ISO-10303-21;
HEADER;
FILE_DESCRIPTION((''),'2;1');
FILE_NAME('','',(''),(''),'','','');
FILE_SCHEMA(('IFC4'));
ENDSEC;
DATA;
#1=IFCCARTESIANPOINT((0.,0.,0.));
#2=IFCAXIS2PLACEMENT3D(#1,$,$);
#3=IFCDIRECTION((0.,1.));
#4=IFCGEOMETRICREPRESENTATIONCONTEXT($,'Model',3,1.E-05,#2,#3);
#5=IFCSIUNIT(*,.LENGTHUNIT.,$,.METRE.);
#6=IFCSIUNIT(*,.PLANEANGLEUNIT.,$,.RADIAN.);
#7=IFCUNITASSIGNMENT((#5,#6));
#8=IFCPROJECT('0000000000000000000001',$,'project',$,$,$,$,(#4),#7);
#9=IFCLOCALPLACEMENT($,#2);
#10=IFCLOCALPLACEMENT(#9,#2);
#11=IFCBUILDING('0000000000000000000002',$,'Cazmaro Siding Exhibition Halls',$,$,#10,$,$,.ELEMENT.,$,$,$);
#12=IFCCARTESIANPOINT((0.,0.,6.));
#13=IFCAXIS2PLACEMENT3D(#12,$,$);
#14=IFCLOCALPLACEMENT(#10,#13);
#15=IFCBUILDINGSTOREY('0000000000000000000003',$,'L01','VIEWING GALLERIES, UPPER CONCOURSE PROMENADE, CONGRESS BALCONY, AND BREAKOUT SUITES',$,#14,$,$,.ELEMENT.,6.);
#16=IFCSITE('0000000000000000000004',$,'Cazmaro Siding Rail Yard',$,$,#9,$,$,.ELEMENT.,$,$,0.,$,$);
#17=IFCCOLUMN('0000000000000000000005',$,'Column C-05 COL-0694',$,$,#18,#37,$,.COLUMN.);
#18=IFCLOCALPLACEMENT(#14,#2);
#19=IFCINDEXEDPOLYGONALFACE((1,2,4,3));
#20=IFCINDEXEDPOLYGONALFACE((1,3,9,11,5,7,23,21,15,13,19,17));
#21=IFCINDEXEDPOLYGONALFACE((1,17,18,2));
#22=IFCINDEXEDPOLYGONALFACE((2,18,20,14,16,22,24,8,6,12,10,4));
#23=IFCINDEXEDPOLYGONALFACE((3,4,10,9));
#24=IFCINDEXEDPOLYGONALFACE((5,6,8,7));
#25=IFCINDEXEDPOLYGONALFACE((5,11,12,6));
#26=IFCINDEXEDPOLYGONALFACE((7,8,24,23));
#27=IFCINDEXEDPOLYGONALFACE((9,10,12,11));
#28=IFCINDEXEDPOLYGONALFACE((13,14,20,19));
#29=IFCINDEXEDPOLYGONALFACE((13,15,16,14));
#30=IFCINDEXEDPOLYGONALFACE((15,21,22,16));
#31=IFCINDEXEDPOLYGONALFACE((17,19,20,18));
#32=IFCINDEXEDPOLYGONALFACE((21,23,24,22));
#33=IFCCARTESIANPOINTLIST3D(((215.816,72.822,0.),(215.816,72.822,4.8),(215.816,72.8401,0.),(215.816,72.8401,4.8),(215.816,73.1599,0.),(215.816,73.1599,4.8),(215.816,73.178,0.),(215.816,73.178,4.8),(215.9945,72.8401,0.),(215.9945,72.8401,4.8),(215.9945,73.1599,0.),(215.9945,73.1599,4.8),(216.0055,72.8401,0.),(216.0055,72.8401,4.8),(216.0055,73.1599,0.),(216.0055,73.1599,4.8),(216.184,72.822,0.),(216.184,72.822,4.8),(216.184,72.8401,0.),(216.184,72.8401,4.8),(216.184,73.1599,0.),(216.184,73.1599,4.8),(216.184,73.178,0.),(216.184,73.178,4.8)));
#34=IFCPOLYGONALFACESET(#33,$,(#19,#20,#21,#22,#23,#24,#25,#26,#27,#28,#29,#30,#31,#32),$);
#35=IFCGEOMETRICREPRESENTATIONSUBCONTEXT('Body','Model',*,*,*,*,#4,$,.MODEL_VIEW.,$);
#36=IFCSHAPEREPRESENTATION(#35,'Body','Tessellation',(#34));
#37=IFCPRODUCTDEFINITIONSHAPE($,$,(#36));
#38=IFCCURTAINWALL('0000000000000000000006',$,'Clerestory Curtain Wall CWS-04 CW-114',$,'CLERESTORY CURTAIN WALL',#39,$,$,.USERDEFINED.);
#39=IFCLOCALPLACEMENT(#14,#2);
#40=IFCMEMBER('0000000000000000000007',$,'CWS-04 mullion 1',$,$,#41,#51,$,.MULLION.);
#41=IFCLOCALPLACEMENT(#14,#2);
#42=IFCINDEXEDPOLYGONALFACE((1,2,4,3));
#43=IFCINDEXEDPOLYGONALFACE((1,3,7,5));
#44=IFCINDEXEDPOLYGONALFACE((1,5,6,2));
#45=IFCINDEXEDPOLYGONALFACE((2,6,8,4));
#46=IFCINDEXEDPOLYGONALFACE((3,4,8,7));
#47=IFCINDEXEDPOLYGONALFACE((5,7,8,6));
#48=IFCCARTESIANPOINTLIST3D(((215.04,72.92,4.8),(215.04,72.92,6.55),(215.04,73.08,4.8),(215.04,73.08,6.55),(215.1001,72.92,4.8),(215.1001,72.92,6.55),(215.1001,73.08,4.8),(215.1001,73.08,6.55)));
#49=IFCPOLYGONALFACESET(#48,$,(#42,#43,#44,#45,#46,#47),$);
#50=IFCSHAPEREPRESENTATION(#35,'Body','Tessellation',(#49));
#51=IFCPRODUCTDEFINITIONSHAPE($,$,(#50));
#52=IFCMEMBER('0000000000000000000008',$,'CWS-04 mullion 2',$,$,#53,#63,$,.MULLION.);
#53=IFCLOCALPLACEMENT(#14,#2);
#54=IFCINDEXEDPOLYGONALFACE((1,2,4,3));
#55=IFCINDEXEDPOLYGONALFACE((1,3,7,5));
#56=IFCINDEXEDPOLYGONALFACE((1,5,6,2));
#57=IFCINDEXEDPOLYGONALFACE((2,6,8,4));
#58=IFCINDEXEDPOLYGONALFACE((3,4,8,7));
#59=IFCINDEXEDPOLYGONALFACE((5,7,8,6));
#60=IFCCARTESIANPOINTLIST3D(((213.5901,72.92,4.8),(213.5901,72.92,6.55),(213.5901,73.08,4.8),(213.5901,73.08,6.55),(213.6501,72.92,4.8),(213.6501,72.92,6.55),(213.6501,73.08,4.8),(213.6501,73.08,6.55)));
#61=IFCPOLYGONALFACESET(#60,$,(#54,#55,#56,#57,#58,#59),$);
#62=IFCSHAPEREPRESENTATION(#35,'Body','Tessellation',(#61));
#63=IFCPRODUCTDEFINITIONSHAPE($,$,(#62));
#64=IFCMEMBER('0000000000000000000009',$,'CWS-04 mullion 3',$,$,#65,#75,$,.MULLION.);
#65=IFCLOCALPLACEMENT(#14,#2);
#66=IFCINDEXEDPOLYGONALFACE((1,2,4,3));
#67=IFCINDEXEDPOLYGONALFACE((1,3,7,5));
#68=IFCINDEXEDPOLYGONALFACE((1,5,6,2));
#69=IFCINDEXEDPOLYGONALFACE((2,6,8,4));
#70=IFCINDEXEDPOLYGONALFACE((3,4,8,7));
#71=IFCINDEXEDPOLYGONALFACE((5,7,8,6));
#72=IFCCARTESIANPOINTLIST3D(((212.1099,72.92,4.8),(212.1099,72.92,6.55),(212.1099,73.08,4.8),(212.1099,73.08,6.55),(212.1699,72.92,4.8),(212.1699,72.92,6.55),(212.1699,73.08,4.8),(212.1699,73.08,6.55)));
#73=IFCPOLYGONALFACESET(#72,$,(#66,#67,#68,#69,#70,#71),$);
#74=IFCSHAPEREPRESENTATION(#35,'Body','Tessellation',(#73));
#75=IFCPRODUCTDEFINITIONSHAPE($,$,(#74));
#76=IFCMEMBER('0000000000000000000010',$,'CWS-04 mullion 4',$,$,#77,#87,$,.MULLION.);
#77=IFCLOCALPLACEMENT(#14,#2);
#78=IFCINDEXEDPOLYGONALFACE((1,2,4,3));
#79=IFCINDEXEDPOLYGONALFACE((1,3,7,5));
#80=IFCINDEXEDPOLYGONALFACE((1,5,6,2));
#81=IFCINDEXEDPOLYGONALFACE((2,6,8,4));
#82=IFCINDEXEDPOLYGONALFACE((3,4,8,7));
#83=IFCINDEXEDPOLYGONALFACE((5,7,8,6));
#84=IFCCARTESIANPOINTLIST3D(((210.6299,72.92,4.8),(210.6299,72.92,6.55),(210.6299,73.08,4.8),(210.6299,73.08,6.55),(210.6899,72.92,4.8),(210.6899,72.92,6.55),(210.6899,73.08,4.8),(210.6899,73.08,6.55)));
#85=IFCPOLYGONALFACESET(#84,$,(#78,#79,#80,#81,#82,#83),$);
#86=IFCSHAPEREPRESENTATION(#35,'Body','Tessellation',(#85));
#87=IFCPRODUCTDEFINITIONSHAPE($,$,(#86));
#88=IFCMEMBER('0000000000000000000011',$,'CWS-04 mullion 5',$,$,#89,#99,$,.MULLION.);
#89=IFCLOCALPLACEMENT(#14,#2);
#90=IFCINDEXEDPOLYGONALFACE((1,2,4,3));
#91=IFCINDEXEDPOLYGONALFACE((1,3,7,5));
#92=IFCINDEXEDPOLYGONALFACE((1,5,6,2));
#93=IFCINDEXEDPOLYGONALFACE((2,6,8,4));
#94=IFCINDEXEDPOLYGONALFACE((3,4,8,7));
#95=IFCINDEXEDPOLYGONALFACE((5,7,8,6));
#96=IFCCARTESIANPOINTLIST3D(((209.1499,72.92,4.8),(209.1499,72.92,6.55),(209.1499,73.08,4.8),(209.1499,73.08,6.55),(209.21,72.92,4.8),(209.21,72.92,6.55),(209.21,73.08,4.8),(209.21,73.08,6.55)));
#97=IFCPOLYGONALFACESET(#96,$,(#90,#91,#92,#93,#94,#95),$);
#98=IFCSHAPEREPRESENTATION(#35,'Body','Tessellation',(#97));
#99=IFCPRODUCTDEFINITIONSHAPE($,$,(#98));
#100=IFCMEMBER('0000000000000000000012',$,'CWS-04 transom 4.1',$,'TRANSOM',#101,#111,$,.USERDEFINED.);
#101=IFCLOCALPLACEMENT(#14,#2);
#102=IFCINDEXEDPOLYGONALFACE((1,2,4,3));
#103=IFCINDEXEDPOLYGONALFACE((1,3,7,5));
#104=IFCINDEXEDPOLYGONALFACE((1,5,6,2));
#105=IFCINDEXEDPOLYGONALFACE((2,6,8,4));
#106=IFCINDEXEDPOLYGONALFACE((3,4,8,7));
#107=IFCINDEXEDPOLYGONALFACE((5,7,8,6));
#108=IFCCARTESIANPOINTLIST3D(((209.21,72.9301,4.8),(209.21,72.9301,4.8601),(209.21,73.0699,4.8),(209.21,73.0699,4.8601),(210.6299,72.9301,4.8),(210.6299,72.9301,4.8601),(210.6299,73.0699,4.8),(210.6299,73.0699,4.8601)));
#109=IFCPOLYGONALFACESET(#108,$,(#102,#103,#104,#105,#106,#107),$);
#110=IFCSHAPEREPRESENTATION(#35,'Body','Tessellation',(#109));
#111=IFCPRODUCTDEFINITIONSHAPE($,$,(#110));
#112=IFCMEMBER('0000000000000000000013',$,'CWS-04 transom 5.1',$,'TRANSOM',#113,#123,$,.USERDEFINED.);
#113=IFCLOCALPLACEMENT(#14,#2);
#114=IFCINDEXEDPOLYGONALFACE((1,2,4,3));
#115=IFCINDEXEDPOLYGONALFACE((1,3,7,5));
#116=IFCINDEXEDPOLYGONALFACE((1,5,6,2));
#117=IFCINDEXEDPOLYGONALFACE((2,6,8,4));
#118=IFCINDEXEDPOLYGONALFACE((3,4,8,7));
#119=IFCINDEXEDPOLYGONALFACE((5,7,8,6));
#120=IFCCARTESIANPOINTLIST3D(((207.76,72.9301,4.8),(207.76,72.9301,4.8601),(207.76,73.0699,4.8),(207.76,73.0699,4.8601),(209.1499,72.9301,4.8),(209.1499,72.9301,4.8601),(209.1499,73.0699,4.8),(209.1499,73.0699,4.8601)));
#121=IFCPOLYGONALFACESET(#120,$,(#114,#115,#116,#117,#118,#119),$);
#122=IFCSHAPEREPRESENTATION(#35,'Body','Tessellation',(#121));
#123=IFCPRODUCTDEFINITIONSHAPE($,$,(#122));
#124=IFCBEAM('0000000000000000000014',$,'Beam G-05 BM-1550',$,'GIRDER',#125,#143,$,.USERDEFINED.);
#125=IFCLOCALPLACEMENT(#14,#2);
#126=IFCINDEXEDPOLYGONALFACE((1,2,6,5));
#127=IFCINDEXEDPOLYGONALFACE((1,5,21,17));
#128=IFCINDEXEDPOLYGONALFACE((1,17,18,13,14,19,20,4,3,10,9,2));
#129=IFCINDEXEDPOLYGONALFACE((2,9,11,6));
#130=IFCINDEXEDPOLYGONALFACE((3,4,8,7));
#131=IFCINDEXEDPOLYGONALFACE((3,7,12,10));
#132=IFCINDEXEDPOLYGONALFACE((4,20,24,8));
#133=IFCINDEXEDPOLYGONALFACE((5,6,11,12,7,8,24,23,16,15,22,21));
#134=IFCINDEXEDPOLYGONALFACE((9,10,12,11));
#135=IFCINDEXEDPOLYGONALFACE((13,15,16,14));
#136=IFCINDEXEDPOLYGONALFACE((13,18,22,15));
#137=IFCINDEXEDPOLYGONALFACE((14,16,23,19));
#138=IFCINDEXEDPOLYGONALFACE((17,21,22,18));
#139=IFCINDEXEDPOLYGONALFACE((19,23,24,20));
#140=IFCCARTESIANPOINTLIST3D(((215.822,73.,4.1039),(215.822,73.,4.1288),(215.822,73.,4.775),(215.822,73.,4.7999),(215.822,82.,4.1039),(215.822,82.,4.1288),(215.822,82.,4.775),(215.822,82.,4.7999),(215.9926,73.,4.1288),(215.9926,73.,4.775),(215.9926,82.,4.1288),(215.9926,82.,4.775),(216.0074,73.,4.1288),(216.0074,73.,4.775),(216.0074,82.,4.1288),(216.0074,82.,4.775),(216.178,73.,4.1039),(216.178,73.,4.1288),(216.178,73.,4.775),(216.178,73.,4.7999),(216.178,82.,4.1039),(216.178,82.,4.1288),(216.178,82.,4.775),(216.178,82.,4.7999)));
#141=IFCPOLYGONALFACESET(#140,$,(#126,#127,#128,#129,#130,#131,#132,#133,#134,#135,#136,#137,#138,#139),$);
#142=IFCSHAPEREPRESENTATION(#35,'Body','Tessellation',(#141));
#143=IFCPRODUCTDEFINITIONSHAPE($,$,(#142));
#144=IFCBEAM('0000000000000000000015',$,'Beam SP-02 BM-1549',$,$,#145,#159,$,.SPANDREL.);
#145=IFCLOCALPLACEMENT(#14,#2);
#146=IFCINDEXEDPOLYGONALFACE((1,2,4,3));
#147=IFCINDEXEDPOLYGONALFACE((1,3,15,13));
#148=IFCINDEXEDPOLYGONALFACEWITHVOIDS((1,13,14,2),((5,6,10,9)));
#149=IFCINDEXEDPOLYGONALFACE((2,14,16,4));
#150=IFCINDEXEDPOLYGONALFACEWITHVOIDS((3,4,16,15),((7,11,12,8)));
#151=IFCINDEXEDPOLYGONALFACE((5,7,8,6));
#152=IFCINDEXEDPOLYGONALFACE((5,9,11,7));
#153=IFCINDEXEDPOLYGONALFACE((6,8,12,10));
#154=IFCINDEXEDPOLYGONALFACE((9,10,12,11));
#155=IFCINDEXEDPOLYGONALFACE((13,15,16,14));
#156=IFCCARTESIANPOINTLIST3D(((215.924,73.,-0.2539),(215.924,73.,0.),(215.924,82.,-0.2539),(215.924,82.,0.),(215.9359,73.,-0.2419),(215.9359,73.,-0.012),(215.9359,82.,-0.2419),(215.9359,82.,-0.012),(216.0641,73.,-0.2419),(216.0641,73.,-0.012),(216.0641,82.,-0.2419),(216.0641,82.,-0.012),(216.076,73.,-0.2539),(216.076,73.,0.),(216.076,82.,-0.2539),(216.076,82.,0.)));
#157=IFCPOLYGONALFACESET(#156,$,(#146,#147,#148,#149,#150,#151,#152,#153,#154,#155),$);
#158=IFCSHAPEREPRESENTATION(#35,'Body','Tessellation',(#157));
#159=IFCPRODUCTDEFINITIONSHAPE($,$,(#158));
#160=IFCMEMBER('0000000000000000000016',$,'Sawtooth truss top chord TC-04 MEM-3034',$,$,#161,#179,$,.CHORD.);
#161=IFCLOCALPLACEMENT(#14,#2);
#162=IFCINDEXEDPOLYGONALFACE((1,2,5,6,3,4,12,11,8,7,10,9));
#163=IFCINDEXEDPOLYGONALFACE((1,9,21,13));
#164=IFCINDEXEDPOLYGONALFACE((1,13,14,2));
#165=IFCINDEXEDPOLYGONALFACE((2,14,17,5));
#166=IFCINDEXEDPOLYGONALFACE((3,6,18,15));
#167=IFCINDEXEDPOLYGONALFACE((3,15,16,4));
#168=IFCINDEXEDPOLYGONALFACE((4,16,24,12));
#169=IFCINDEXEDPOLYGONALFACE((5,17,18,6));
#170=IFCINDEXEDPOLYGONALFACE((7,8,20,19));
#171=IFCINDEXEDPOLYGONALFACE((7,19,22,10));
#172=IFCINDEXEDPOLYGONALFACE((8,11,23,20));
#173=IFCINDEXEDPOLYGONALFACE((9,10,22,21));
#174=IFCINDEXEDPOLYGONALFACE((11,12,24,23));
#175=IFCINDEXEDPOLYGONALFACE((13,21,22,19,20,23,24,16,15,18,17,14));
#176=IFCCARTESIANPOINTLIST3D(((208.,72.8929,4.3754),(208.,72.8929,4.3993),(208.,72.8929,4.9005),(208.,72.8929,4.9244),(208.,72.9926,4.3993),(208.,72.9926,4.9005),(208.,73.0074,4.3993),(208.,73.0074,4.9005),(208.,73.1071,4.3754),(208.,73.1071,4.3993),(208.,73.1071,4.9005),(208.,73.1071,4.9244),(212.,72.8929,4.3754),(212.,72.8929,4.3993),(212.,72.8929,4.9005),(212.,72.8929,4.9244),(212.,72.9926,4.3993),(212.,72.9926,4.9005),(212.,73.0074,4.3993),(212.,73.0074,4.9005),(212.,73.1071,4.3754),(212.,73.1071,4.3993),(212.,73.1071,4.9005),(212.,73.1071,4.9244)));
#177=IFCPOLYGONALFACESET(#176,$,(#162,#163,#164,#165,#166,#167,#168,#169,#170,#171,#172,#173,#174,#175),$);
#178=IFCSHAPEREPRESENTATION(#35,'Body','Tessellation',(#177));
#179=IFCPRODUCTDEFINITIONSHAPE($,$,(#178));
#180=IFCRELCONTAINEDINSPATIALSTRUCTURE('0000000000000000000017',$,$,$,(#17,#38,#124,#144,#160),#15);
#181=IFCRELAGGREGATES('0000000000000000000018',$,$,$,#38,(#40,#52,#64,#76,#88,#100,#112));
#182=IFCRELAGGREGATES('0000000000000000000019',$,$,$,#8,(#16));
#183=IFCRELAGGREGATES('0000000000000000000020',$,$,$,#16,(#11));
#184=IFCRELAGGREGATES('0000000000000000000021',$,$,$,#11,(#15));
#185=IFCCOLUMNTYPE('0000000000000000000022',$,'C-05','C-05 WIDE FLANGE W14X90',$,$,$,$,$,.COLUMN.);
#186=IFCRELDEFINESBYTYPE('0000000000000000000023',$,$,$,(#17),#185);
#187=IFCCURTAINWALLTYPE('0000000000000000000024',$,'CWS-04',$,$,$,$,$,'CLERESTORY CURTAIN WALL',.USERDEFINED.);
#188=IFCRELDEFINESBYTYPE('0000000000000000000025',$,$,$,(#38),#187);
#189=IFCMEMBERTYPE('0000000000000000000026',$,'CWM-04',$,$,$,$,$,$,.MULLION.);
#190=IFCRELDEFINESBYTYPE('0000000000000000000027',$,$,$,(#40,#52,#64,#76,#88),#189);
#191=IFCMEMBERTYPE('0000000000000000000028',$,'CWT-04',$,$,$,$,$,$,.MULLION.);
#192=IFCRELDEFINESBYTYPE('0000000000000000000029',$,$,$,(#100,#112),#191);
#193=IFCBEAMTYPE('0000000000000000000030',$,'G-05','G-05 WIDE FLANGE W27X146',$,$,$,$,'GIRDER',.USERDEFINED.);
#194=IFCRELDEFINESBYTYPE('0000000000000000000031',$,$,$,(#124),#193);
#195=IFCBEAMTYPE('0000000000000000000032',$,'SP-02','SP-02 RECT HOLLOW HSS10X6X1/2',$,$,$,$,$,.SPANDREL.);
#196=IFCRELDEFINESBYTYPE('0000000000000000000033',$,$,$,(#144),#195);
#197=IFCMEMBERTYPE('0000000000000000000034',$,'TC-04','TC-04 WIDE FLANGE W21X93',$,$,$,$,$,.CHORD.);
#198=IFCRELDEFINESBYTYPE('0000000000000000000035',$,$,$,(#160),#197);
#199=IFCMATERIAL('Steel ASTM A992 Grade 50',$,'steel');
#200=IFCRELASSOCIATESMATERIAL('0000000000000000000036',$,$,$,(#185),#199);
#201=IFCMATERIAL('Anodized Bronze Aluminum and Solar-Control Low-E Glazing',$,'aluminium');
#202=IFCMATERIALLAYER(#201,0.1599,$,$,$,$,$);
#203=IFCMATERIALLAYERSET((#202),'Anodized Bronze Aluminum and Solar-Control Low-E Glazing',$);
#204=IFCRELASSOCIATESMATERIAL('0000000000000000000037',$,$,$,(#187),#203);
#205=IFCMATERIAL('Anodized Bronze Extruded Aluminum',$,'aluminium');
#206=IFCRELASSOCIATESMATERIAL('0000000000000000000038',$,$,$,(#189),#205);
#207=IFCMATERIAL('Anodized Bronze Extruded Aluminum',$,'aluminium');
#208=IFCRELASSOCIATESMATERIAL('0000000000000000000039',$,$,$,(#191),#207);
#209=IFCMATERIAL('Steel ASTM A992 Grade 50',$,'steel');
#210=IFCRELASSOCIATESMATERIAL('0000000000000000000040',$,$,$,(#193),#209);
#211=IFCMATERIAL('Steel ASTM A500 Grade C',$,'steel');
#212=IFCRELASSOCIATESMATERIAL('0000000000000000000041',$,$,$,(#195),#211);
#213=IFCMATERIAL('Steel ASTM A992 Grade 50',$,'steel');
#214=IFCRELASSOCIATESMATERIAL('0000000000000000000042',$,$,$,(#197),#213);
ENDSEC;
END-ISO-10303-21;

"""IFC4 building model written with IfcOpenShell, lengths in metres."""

from ifc_helpers import new_model, si_unit, direction, frame, origin, origin_2d, place, context, subcontext, project, spatial, rectangle, hollow_rectangle, i_section, extrude, material, layer, layer_set, material_profile, profile_set, type_object, element, aggregate, save


model = new_model("IFC4")

# Units and contexts
model_context = context("Model", 3, precision=1e-05, world=origin(), true_north=direction((0.0, 1.0)))
body_context = subcontext(model_context, "Body", "Model", "MODEL_VIEW")
ifc_project = project(units=[si_unit("LENGTHUNIT", "METRE"), si_unit("PLANEANGLEUNIT", "RADIAN")], contexts=[model_context])

# Site, building, storey
site_placement = place(None, origin())
site = spatial("IfcSite", under=ifc_project, at=site_placement, Name="Cazmaro Siding Rail Yard", CompositionType="ELEMENT", RefElevation=0.0)
building_placement = place(site_placement, origin())
building = spatial("IfcBuilding", under=site, at=building_placement, Name="Cazmaro Siding Exhibition Halls", CompositionType="ELEMENT")
storey_placement = place(building_placement, frame((0.0, 0.0, 6.0)))
storey = spatial("IfcBuildingStorey", under=building, at=storey_placement, Name="L01", Description="VIEWING GALLERIES, UPPER CONCOURSE PROMENADE, CONGRESS BALCONY, AND BREAKOUT SUITES", CompositionType="ELEMENT", Elevation=6.0)

# Column
ifc_material_1 = material(Name="Steel ASTM A992 Grade 50", Category="steel")
ifc_material_profile_1 = material_profile(ifc_material_1, i_section(OverallWidth=0.3679, OverallDepth=0.356, WebThickness=0.011, FlangeThickness=0.0181, at=origin_2d()), Name="W14X90")
ifc_profile_set_1 = profile_set([ifc_material_profile_1], Name="Steel ASTM A992 Grade 50")
column_type = type_object("IfcColumnType", Name="C-05", Description="C-05 WIDE FLANGE W14X90", PredefinedType="COLUMN", material=ifc_profile_set_1)
column_placement = place(storey_placement, frame((216.0, 73.0, 0.0), z_axis=(0.0, 0.0, 1.0), x_axis=(1.0, 0.0, 0.0)))
element("IfcColumn", 1, at=column_placement, inside=storey, type_object=column_type, Name="Column C-05 COL-0694", PredefinedType="COLUMN", context=body_context, shape_type="SweptSolid", body=[
    extrude(i_section(OverallWidth=0.3679, OverallDepth=0.356, WebThickness=0.011, FlangeThickness=0.0181, at=origin_2d()), origin(), (0.0, 0.0, 1.0), 4.8),
])

# Curtain wall, members
ifc_material_2 = material(Name="Anodized Bronze Aluminum and Solar-Control Low-E Glazing", Category="aluminium")
ifc_layer = layer(ifc_material_2, 0.1599)
ifc_layer_set = layer_set([ifc_layer], Name="Anodized Bronze Aluminum and Solar-Control Low-E Glazing")
curtain_wall_type = type_object("IfcCurtainWallType", Name="CWS-04", ElementType="CLERESTORY CURTAIN WALL", PredefinedType="USERDEFINED", material=ifc_layer_set)
curtain_wall_placement = place(storey_placement, origin())
curtain_wall = element("IfcCurtainWall", 2, at=curtain_wall_placement, inside=storey, type_object=curtain_wall_type, Name="Clerestory Curtain Wall CWS-04 CW-114", ObjectType="CLERESTORY CURTAIN WALL", PredefinedType="USERDEFINED")
ifc_material_3 = material(Name="Anodized Bronze Extruded Aluminum", Category="aluminium")
ifc_material_profile_2 = material_profile(ifc_material_3, rectangle(XDim=0.1599, YDim=0.0601, at=origin_2d()), Name="CWM-04")
ifc_profile_set_2 = profile_set([ifc_material_profile_2], Name="Anodized Bronze Extruded Aluminum")
member_type_1 = type_object("IfcMemberType", Name="CWM-04", PredefinedType="MULLION", material=ifc_profile_set_2)
member_1_placement = place(storey_placement, frame((215.0701, 73.0, 4.8), z_axis=(0.0, 0.0, 1.0), x_axis=(0.0, -1.0, 0.0)))
member_1 = element("IfcMember", 3, at=member_1_placement, type_object=member_type_1, Name="CWS-04 mullion 1", PredefinedType="MULLION", context=body_context, shape_type="SweptSolid", body=[
    extrude(rectangle(XDim=0.1599, YDim=0.0601, at=origin_2d()), origin(), (0.0, 0.0, 1.0), 1.75),
])
member_2_placement = place(storey_placement, frame((213.6201, 73.0, 4.8), z_axis=(0.0, 0.0, 1.0), x_axis=(0.0, -1.0, 0.0)))
member_2 = element("IfcMember", 4, at=member_2_placement, type_object=member_type_1, Name="CWS-04 mullion 2", PredefinedType="MULLION", context=body_context, shape_type="SweptSolid", body=[
    extrude(rectangle(XDim=0.1599, YDim=0.0601, at=origin_2d()), origin(), (0.0, 0.0, 1.0), 1.75),
])
member_3_placement = place(storey_placement, frame((212.1399, 73.0, 4.8), z_axis=(0.0, 0.0, 1.0), x_axis=(0.0, -1.0, 0.0)))
member_3 = element("IfcMember", 5, at=member_3_placement, type_object=member_type_1, Name="CWS-04 mullion 3", PredefinedType="MULLION", context=body_context, shape_type="SweptSolid", body=[
    extrude(rectangle(XDim=0.1599, YDim=0.0601, at=origin_2d()), origin(), (0.0, 0.0, 1.0), 1.75),
])
member_4_placement = place(storey_placement, frame((210.6599, 73.0, 4.8), z_axis=(0.0, 0.0, 1.0), x_axis=(0.0, -1.0, 0.0)))
member_4 = element("IfcMember", 6, at=member_4_placement, type_object=member_type_1, Name="CWS-04 mullion 4", PredefinedType="MULLION", context=body_context, shape_type="SweptSolid", body=[
    extrude(rectangle(XDim=0.1599, YDim=0.0601, at=origin_2d()), origin(), (0.0, 0.0, 1.0), 1.75),
])
member_5_placement = place(storey_placement, frame((209.1799, 73.0, 4.8), z_axis=(0.0, 0.0, 1.0), x_axis=(0.0, -1.0, 0.0)))
member_5 = element("IfcMember", 7, at=member_5_placement, type_object=member_type_1, Name="CWS-04 mullion 5", PredefinedType="MULLION", context=body_context, shape_type="SweptSolid", body=[
    extrude(rectangle(XDim=0.1599, YDim=0.0601, at=origin_2d()), origin(), (0.0, 0.0, 1.0), 1.75),
])
ifc_material_4 = material(Name="Anodized Bronze Extruded Aluminum", Category="aluminium")
ifc_material_profile_3 = material_profile(ifc_material_4, rectangle(XDim=0.1399, YDim=0.0601, at=origin_2d()), Name="CWT-04")
ifc_profile_set_3 = profile_set([ifc_material_profile_3], Name="Anodized Bronze Extruded Aluminum")
member_type_2 = type_object("IfcMemberType", Name="CWT-04", PredefinedType="MULLION", material=ifc_profile_set_3)
member_6_placement = place(storey_placement, frame((210.6299, 73.0, 4.8301), z_axis=(-1.0, 0.0, 0.0), x_axis=(0.0, -1.0, 0.0)))
member_6 = element("IfcMember", 8, at=member_6_placement, type_object=member_type_2, Name="CWS-04 transom 4.1", ObjectType="TRANSOM", PredefinedType="USERDEFINED", context=body_context, shape_type="SweptSolid", body=[
    extrude(rectangle(XDim=0.1399, YDim=0.0601, at=origin_2d()), origin(), (0.0, 0.0, 1.0), 1.4199),
])
member_7_placement = place(storey_placement, frame((209.1499, 73.0, 4.8301), z_axis=(-1.0, 0.0, 0.0), x_axis=(0.0, -1.0, 0.0)))
member_7 = element("IfcMember", 9, at=member_7_placement, type_object=member_type_2, Name="CWS-04 transom 5.1", ObjectType="TRANSOM", PredefinedType="USERDEFINED", context=body_context, shape_type="SweptSolid", body=[
    extrude(rectangle(XDim=0.1399, YDim=0.0601, at=origin_2d()), origin(), (0.0, 0.0, 1.0), 1.3899),
])
aggregate(curtain_wall, [member_1, member_2, member_3, member_4, member_5, member_6, member_7])

# Beams
ifc_material_5 = material(Name="Steel ASTM A992 Grade 50", Category="steel")
ifc_material_profile_4 = material_profile(ifc_material_5, i_section(OverallWidth=0.356, OverallDepth=0.696, WebThickness=0.0149, FlangeThickness=0.0249, at=origin_2d()), Name="W27X146")
ifc_profile_set_4 = profile_set([ifc_material_profile_4], Name="Steel ASTM A992 Grade 50")
beam_type_1 = type_object("IfcBeamType", Name="G-05", Description="G-05 WIDE FLANGE W27X146", ElementType="GIRDER", PredefinedType="USERDEFINED", material=ifc_profile_set_4)
beam_1_placement = place(storey_placement, frame((216.0, 73.0, 4.4519), z_axis=(0.0, 1.0, 0.0), x_axis=(-1.0, 0.0, 0.0)))
element("IfcBeam", 10, at=beam_1_placement, inside=storey, type_object=beam_type_1, Name="Beam G-05 BM-1550", ObjectType="GIRDER", PredefinedType="USERDEFINED", context=body_context, shape_type="SweptSolid", body=[
    extrude(i_section(OverallWidth=0.356, OverallDepth=0.696, WebThickness=0.0149, FlangeThickness=0.0249, at=origin_2d()), origin(), (0.0, 0.0, 1.0), 9.0),
])
ifc_material_6 = material(Name="Steel ASTM A500 Grade C", Category="steel")
ifc_material_profile_5 = material_profile(ifc_material_6, hollow_rectangle(XDim=0.1521, YDim=0.2539, WallThickness=0.012, at=origin_2d()), Name="HSS10X6X1/2")
ifc_profile_set_5 = profile_set([ifc_material_profile_5], Name="Steel ASTM A500 Grade C")
beam_type_2 = type_object("IfcBeamType", Name="SP-02", Description="SP-02 RECT HOLLOW HSS10X6X1/2", PredefinedType="SPANDREL", material=ifc_profile_set_5)
beam_2_placement = place(storey_placement, frame((216.0, 73.0, -0.127), z_axis=(0.0, 1.0, 0.0), x_axis=(-1.0, 0.0, 0.0)))
element("IfcBeam", 11, at=beam_2_placement, inside=storey, type_object=beam_type_2, Name="Beam SP-02 BM-1549", PredefinedType="SPANDREL", context=body_context, shape_type="SweptSolid", body=[
    extrude(hollow_rectangle(XDim=0.1521, YDim=0.2539, WallThickness=0.012, at=origin_2d()), origin(), (0.0, 0.0, 1.0), 9.0),
])

# Member
ifc_material_7 = material(Name="Steel ASTM A992 Grade 50", Category="steel")
ifc_material_profile_6 = material_profile(ifc_material_7, i_section(OverallWidth=0.2141, OverallDepth=0.5491, WebThickness=0.0149, FlangeThickness=0.0239, at=origin_2d()), Name="W21X93")
ifc_profile_set_6 = profile_set([ifc_material_profile_6], Name="Steel ASTM A992 Grade 50")
member_type_3 = type_object("IfcMemberType", Name="TC-04", Description="TC-04 WIDE FLANGE W21X93", PredefinedType="CHORD", material=ifc_profile_set_6)
for number, where, z_axis, x_axis, name in (
    (12, (208.0, 73.0, 4.6499), (1.0, 0.0, 0.0), (0.0, 1.0, 0.0), "Sawtooth truss top chord TC-04 MEM-3034"),
):
    element("IfcMember", number, at=place(storey_placement, frame(where, z_axis=z_axis, x_axis=x_axis)), inside=storey, type_object=member_type_3, Name=name, PredefinedType="CHORD", context=body_context, shape_type="SweptSolid", body=[
        extrude(i_section(OverallWidth=0.2141, OverallDepth=0.5491, WebThickness=0.0149, FlangeThickness=0.0239, at=origin_2d()), origin(), (0.0, 0.0, 1.0), 4.0),
    ])

save(model, "model.ifc")
